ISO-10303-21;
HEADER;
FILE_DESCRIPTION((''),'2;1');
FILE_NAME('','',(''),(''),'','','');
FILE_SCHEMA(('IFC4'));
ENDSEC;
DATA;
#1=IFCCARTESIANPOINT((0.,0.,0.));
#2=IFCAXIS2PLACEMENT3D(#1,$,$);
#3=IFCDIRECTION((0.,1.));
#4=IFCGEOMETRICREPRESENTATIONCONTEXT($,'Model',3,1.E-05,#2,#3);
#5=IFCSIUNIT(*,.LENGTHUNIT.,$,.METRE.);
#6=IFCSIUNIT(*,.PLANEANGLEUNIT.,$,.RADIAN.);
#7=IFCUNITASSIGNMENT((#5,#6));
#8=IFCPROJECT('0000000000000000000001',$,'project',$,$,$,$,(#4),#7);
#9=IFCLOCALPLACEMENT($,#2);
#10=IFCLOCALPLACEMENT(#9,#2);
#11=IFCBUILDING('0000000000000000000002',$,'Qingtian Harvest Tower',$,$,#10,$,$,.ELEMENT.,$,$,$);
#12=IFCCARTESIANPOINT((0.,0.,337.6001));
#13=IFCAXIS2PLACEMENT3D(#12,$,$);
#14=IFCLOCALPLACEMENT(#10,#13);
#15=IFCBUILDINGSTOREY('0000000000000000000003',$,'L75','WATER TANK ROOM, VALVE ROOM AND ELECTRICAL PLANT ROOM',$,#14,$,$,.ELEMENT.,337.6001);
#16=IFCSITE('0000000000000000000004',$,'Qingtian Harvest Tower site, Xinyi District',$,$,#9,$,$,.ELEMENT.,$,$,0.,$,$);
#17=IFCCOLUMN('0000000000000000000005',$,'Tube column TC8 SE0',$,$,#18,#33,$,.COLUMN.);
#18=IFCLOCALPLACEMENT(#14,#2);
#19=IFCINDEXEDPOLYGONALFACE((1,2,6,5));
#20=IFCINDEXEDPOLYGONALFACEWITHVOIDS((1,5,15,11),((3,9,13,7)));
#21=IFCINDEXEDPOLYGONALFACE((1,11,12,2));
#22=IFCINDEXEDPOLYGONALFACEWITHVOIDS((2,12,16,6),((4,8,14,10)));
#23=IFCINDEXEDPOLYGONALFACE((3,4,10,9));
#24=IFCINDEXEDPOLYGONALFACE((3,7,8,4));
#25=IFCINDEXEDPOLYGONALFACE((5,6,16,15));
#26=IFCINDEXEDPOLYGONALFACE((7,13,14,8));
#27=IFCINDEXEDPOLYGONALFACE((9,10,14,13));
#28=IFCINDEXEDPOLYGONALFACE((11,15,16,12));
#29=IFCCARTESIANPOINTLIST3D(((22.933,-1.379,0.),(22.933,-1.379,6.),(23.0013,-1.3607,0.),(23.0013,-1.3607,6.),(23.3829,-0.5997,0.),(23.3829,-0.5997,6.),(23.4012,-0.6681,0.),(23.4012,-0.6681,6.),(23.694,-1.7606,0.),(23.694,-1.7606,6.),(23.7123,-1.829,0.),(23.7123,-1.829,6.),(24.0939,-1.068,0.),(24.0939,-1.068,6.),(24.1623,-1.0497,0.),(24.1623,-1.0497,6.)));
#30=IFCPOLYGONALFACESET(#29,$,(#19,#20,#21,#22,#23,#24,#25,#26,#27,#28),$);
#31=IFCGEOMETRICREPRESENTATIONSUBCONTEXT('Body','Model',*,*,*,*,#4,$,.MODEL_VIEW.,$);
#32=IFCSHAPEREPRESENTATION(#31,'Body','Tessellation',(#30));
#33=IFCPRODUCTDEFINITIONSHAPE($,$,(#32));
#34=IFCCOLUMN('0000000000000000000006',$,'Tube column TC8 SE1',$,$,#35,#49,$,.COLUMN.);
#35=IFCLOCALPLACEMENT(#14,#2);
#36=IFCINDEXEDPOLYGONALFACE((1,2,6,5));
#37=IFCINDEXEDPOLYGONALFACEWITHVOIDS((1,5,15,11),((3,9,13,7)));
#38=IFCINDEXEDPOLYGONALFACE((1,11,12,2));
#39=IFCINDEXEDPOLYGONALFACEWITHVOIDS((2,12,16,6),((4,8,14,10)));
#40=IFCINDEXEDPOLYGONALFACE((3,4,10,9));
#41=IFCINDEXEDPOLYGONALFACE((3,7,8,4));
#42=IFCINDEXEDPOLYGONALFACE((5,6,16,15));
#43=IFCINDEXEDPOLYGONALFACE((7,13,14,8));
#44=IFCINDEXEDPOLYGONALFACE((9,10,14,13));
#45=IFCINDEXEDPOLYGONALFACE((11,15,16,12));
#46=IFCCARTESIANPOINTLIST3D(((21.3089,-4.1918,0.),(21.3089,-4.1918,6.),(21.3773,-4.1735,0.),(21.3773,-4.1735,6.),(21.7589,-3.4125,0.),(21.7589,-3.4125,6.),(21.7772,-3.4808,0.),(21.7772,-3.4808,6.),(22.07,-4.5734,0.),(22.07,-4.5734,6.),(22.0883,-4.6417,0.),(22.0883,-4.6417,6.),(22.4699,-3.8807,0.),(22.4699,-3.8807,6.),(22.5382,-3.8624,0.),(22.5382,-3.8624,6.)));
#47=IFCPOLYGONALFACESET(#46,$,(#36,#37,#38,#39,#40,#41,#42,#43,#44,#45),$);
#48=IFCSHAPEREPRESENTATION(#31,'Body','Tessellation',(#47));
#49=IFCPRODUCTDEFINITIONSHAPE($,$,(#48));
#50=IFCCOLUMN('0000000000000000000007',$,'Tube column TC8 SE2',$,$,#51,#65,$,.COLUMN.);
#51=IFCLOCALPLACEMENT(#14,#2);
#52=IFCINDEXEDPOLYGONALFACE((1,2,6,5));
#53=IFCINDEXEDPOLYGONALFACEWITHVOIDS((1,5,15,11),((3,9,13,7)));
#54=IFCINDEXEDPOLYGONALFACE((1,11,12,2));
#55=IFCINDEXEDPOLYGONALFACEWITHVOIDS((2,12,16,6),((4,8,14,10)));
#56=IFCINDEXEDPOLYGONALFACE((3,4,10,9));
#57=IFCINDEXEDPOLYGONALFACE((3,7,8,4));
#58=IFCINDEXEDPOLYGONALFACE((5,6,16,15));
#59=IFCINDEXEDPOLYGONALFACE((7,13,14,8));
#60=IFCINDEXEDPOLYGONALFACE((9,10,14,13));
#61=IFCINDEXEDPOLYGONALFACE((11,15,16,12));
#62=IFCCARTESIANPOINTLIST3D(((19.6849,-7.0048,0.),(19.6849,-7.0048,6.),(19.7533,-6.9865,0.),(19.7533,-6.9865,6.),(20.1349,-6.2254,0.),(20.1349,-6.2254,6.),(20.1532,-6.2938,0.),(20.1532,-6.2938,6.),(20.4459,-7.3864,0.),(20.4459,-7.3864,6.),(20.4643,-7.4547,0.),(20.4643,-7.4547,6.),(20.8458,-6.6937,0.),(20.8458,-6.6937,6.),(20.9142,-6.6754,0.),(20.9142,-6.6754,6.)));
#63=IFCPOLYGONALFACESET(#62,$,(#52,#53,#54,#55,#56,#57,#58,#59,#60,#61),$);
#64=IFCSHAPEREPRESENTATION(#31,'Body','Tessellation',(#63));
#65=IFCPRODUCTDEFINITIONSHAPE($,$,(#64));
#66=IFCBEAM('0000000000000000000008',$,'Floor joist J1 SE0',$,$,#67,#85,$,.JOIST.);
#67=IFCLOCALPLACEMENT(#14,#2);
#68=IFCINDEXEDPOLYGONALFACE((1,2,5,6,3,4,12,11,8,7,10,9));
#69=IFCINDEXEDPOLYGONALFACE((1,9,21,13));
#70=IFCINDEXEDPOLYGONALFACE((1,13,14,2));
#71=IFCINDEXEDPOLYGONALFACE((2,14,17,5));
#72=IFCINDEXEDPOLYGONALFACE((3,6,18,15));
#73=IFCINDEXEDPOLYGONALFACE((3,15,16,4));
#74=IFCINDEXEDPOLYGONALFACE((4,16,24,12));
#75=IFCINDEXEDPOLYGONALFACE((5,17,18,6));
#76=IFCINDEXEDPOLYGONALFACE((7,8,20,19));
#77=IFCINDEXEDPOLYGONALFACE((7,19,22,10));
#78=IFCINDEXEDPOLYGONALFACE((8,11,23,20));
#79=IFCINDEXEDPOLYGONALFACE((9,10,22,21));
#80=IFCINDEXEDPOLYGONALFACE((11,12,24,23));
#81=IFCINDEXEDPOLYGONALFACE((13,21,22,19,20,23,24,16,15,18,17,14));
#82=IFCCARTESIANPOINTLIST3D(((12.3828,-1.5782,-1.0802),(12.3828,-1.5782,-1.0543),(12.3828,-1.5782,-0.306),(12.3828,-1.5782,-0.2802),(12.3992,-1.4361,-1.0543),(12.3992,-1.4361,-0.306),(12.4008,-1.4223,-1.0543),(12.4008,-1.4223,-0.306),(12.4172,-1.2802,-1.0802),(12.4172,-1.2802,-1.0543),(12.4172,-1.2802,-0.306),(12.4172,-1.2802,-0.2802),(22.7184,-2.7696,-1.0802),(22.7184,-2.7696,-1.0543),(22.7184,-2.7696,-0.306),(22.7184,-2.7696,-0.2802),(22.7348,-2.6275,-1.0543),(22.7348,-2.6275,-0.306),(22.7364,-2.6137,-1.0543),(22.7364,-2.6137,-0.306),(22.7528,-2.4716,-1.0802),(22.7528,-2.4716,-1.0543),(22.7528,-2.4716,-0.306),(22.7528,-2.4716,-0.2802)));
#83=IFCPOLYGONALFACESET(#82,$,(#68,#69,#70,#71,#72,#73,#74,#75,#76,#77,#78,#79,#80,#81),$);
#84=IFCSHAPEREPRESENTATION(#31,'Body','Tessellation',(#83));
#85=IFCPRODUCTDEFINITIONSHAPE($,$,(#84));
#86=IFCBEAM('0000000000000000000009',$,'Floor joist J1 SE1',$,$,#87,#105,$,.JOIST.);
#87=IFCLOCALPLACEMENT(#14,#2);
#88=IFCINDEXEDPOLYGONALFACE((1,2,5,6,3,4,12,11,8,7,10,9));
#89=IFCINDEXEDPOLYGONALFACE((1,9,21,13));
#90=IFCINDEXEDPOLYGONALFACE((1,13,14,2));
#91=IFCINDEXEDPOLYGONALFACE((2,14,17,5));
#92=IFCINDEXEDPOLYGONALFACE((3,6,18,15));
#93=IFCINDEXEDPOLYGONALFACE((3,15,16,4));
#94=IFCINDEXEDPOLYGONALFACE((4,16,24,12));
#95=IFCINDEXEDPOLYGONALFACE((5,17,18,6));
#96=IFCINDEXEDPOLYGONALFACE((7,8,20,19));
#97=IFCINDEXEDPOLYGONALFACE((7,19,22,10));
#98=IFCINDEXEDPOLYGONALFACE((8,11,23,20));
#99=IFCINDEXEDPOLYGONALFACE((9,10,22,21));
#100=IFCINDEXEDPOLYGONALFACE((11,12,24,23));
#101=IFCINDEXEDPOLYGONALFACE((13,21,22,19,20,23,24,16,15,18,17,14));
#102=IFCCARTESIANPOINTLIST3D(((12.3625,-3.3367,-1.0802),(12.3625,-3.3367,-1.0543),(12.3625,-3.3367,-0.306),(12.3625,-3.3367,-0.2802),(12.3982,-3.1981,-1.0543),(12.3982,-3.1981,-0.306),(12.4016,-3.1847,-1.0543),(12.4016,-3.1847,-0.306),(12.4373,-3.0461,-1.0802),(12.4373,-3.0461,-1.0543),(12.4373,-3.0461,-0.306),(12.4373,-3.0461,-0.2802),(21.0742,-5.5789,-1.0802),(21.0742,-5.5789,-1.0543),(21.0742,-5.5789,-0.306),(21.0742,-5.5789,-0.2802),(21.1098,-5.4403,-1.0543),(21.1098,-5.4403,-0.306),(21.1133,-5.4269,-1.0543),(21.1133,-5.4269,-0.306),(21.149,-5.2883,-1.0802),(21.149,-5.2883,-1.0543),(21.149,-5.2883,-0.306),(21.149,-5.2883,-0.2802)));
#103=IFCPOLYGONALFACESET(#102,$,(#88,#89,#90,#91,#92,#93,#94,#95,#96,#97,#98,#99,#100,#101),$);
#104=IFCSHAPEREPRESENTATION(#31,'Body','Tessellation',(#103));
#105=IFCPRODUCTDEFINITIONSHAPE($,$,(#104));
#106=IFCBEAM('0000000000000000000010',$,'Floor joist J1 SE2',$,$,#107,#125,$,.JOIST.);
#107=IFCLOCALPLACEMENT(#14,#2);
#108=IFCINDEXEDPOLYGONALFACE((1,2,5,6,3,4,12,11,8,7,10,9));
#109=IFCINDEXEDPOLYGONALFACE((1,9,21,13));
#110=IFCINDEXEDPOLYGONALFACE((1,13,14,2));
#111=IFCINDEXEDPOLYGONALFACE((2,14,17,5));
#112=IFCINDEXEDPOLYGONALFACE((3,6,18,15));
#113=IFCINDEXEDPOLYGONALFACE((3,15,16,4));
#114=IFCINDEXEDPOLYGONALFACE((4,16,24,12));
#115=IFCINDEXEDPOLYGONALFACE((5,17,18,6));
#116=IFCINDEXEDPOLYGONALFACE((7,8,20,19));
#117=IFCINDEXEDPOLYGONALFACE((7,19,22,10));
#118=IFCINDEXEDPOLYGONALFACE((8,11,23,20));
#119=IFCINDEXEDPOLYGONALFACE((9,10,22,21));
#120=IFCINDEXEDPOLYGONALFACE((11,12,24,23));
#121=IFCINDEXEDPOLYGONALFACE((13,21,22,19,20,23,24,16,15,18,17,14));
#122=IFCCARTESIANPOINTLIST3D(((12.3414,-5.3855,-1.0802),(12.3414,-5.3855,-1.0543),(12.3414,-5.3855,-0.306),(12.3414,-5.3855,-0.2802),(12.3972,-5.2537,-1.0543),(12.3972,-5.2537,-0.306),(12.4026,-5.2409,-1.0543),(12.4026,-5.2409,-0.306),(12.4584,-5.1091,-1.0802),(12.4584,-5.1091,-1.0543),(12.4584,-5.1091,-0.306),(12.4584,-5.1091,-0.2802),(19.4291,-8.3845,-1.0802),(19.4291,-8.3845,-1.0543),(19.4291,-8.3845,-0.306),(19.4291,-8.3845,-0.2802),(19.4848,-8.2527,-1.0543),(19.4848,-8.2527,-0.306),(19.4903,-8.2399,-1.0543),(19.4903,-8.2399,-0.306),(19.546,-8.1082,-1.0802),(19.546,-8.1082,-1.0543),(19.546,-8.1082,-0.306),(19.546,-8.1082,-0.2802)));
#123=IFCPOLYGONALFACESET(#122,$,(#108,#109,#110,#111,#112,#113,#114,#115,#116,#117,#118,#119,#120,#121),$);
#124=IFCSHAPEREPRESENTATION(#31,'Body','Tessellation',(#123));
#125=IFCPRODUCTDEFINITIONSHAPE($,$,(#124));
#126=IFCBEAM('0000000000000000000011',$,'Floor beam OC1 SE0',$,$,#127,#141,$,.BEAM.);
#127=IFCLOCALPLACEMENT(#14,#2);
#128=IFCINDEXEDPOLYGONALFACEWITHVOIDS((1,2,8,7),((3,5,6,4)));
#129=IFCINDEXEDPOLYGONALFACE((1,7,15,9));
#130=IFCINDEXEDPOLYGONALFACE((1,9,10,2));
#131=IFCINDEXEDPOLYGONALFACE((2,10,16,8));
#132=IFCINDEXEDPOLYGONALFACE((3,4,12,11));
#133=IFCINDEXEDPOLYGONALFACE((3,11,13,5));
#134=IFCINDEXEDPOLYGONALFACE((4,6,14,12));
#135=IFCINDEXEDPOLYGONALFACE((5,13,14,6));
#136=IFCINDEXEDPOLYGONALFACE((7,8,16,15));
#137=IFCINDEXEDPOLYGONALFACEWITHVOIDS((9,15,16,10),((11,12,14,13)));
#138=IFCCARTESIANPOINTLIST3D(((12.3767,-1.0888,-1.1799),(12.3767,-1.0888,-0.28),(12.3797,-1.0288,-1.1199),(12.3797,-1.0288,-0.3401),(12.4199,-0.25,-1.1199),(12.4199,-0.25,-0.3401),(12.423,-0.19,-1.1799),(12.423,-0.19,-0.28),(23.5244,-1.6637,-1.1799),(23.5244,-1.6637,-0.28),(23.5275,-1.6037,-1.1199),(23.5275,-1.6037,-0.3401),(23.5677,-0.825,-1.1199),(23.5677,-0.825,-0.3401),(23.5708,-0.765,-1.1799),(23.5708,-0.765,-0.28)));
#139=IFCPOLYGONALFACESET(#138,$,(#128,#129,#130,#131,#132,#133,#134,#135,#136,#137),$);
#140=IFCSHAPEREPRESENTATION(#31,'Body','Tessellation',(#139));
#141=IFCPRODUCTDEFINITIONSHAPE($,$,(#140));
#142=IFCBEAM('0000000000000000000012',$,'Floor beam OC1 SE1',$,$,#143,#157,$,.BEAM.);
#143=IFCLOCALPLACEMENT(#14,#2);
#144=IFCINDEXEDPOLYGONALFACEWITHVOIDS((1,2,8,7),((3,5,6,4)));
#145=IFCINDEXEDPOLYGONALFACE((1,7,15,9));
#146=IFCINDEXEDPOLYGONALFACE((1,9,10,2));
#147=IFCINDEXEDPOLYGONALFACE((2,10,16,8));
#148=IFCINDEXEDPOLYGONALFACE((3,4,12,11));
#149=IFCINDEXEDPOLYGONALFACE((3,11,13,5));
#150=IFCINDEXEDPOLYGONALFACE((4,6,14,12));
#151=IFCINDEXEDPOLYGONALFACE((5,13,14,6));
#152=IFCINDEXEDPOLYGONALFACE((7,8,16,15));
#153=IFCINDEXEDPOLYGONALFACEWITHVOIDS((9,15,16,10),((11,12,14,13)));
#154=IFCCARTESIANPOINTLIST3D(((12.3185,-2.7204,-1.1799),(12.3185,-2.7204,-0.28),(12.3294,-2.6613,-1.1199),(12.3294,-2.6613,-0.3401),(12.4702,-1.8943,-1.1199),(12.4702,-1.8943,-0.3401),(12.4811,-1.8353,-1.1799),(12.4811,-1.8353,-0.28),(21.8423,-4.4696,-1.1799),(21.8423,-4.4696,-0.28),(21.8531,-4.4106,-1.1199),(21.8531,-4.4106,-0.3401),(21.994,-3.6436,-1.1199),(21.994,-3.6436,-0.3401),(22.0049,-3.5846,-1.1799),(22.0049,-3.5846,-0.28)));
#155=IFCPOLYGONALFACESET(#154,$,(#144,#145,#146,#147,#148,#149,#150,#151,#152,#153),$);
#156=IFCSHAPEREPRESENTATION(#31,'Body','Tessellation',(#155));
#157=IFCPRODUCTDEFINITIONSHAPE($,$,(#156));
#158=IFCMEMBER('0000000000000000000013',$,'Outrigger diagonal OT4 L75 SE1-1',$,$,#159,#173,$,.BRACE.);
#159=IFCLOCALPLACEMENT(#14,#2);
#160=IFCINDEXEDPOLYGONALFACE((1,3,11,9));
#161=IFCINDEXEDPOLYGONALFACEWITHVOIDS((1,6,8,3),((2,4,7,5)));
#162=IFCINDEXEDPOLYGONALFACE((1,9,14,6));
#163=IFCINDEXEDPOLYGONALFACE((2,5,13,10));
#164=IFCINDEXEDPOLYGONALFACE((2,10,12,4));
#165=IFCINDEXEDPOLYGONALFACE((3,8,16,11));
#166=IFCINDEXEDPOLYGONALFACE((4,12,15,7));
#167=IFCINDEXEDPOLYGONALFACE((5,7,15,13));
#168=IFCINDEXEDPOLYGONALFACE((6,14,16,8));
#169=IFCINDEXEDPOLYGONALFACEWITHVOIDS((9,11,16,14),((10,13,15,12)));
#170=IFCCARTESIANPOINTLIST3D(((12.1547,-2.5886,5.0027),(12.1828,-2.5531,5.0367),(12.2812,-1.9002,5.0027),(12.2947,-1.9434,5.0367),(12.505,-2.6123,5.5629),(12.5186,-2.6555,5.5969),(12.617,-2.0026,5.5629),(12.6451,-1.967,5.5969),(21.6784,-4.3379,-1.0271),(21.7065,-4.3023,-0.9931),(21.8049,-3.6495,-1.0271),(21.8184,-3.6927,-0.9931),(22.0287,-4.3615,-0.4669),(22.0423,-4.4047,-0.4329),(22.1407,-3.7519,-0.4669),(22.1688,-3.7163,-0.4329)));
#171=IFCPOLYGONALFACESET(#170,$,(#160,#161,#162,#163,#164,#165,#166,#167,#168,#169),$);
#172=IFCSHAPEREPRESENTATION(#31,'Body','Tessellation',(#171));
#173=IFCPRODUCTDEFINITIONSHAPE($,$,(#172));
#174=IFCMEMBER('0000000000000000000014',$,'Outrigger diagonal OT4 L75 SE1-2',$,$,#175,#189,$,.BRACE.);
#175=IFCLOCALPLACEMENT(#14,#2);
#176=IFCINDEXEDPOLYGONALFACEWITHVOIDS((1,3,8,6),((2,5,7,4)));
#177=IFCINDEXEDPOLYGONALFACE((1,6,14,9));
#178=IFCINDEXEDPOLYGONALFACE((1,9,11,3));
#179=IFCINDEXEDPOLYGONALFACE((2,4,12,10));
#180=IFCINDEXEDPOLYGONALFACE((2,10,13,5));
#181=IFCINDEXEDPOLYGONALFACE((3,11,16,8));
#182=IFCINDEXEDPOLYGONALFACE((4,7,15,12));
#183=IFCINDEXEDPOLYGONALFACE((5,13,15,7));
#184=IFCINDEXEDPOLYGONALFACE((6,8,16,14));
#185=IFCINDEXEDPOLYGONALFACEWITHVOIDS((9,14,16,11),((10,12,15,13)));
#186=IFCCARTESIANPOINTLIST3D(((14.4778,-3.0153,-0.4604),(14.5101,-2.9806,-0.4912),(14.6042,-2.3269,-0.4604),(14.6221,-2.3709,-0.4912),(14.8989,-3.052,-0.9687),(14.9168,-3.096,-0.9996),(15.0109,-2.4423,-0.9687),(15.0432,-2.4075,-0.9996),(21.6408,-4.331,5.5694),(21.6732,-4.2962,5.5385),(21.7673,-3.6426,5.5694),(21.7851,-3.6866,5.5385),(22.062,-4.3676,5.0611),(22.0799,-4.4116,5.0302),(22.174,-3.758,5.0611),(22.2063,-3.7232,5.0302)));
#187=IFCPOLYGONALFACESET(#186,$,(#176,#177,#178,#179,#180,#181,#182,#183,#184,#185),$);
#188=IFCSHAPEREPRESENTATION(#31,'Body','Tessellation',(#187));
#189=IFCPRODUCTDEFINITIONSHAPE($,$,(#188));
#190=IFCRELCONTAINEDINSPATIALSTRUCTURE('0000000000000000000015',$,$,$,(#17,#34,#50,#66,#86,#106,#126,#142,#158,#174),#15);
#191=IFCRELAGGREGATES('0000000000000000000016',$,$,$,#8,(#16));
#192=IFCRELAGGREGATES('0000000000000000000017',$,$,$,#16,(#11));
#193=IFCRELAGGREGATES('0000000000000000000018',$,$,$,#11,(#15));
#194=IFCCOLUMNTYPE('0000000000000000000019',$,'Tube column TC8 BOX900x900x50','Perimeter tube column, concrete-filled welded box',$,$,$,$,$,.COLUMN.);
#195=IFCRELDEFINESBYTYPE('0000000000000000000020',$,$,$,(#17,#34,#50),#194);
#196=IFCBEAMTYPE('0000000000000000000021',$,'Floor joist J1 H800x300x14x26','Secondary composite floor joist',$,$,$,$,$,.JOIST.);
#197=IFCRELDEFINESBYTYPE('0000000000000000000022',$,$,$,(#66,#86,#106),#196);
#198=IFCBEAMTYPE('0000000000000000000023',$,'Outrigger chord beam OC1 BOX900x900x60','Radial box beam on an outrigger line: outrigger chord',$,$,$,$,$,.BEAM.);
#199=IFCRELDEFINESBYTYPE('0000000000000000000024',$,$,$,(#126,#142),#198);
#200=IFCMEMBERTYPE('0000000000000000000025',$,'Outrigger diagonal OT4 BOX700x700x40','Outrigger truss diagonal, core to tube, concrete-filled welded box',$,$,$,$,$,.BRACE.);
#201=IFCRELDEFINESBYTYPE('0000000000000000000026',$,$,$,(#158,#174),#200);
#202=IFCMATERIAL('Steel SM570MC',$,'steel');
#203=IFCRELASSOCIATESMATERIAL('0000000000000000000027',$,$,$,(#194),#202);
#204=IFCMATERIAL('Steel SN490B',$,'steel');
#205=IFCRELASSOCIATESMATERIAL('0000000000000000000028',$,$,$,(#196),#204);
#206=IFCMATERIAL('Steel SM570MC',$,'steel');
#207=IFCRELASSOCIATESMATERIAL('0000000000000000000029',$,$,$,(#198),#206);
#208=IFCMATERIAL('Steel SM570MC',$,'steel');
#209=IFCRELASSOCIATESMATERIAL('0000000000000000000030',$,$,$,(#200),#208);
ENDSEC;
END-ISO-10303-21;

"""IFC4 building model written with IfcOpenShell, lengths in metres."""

from ifc_helpers import new_model, si_unit, direction, frame, origin, origin_2d, place, context, subcontext, project, spatial, hollow_rectangle, i_section, extrude, material, material_profile, profile_set, type_object, element, save


model = new_model("IFC4")

# Units and contexts
model_context = context("Model", 3, precision=1e-05, world=origin(), true_north=direction((0.0, 1.0)))
body_context = subcontext(model_context, "Body", "Model", "MODEL_VIEW")
ifc_project = project(units=[si_unit("LENGTHUNIT", "METRE"), si_unit("PLANEANGLEUNIT", "RADIAN")], contexts=[model_context])

# Site, building, storey
site_placement = place(None, origin())
site = spatial("IfcSite", under=ifc_project, at=site_placement, Name="Qingtian Harvest Tower site, Xinyi District", CompositionType="ELEMENT", RefElevation=0.0)
building_placement = place(site_placement, origin())
building = spatial("IfcBuilding", under=site, at=building_placement, Name="Qingtian Harvest Tower", CompositionType="ELEMENT")
storey_placement = place(building_placement, frame((0.0, 0.0, 337.6001)))
storey = spatial("IfcBuildingStorey", under=building, at=storey_placement, Name="L75", Description="WATER TANK ROOM, VALVE ROOM AND ELECTRICAL PLANT ROOM", CompositionType="ELEMENT", Elevation=337.6001)

# Columns
ifc_material_1 = material(Name="Steel SM570MC", Category="steel")
ifc_material_profile_1 = material_profile(ifc_material_1, hollow_rectangle(XDim=0.8999, YDim=0.8999, WallThickness=0.05, at=origin_2d()), Name="BOX900x900x50")
ifc_profile_set_1 = profile_set([ifc_material_profile_1], Name="Steel SM570MC")
column_type = type_object("IfcColumnType", Name="Tube column TC8 BOX900x900x50", Description="Perimeter tube column, concrete-filled welded box", PredefinedType="COLUMN", material=ifc_profile_set_1)
for number, where, z_axis, x_axis, name in (
    (1, (23.5476, -1.2144, 0.0), (0.0, 0.0, 1.0), (0.5, 0.866025, 0.0), "Tube column TC8 SE0"),
    (2, (21.9236, -4.0271, 0.0), (0.0, 0.0, 1.0), (0.5, 0.866025, 0.0), "Tube column TC8 SE1"),
    (3, (20.2996, -6.8401, 0.0), (0.0, 0.0, 1.0), (0.5, 0.866025, 0.0), "Tube column TC8 SE2"),
):
    element("IfcColumn", number, at=place(storey_placement, frame(where, z_axis=z_axis, x_axis=x_axis)), inside=storey, type_object=column_type, Name=name, PredefinedType="COLUMN", context=body_context, shape_type="SweptSolid", body=[
        extrude(hollow_rectangle(XDim=0.8999, YDim=0.8999, WallThickness=0.05, at=origin_2d()), origin(), (0.0, 0.0, 1.0), 6.0),
    ])

# Beams
ifc_material_2 = material(Name="Steel SN490B", Category="steel")
ifc_material_profile_2 = material_profile(ifc_material_2, i_section(OverallWidth=0.3, OverallDepth=0.8, WebThickness=0.0139, FlangeThickness=0.0259, at=origin_2d()), Name="H800x300x14x26")
ifc_profile_set_2 = profile_set([ifc_material_profile_2], Name="Steel SN490B")
beam_type_1 = type_object("IfcBeamType", Name="Floor joist J1 H800x300x14x26", Description="Secondary composite floor joist", PredefinedType="JOIST", material=ifc_profile_set_2)
beam_1_placement = place(storey_placement, frame((22.7356, -2.6206, -0.6802), z_axis=(-0.993422, 0.114513, 0.0), x_axis=(-0.114513, -0.993422, 0.0)))
element("IfcBeam", 4, at=beam_1_placement, inside=storey, type_object=beam_type_1, Name="Floor joist J1 SE0", PredefinedType="JOIST", context=body_context, shape_type="SweptSolid", body=[
    extrude(i_section(OverallWidth=0.3, OverallDepth=0.8, WebThickness=0.0139, FlangeThickness=0.0259, at=origin_2d()), origin(), (0.0, 0.0, 1.0), 10.4041),
])
beam_2_placement = place(storey_placement, frame((21.1116, -5.4336, -0.6802), z_axis=(-0.968438, 0.249254, 0.0), x_axis=(-0.249254, -0.968438, 0.0)))
element("IfcBeam", 5, at=beam_2_placement, inside=storey, type_object=beam_type_1, Name="Floor joist J1 SE1", PredefinedType="JOIST", context=body_context, shape_type="SweptSolid", body=[
    extrude(i_section(OverallWidth=0.3, OverallDepth=0.8, WebThickness=0.0139, FlangeThickness=0.0259, at=origin_2d()), origin(), (0.0, 0.0, 1.0), 8.9956),
])
beam_3_placement = place(storey_placement, frame((19.4875, -8.2463, -0.6802), z_axis=(-0.920948, 0.389684, 0.0), x_axis=(-0.389684, -0.920948, 0.0)))
element("IfcBeam", 6, at=beam_3_placement, inside=storey, type_object=beam_type_1, Name="Floor joist J1 SE2", PredefinedType="JOIST", context=body_context, shape_type="SweptSolid", body=[
    extrude(i_section(OverallWidth=0.3, OverallDepth=0.8, WebThickness=0.0139, FlangeThickness=0.0259, at=origin_2d()), origin(), (0.0, 0.0, 1.0), 7.696),
])
ifc_material_3 = material(Name="Steel SM570MC", Category="steel")
ifc_material_profile_3 = material_profile(ifc_material_3, hollow_rectangle(XDim=0.8999, YDim=0.8999, WallThickness=0.0601, at=origin_2d()), Name="BOX900x900x60")
ifc_profile_set_3 = profile_set([ifc_material_profile_3], Name="Steel SM570MC")
beam_type_2 = type_object("IfcBeamType", Name="Outrigger chord beam OC1 BOX900x900x60", Description="Radial box beam on an outrigger line: outrigger chord", PredefinedType="BEAM", material=ifc_profile_set_3)
beam_4_placement = place(storey_placement, frame((23.5476, -1.2144, -0.73), z_axis=(-0.998673, 0.051507, 0.0), x_axis=(-0.051507, -0.998673, 0.0)))
element("IfcBeam", 7, at=beam_4_placement, inside=storey, type_object=beam_type_2, Name="Floor beam OC1 SE0", PredefinedType="BEAM", context=body_context, shape_type="SweptSolid", body=[
    extrude(hollow_rectangle(XDim=0.8999, YDim=0.8999, WallThickness=0.0601, at=origin_2d()), origin(), (0.0, 0.0, 1.0), 11.1626),
])
beam_5_placement = place(storey_placement, frame((21.9236, -4.0271, -0.73), z_axis=(-0.983547, 0.180654, 0.0), x_axis=(-0.180654, -0.983547, 0.0)))
element("IfcBeam", 8, at=beam_5_placement, inside=storey, type_object=beam_type_2, Name="Floor beam OC1 SE1", PredefinedType="BEAM", context=body_context, shape_type="SweptSolid", body=[
    extrude(hollow_rectangle(XDim=0.8999, YDim=0.8999, WallThickness=0.0601, at=origin_2d()), origin(), (0.0, 0.0, 1.0), 9.6831),
])

# Members
ifc_material_4 = material(Name="Steel SM570MC", Category="steel")
ifc_material_profile_4 = material_profile(ifc_material_4, hollow_rectangle(XDim=0.7, YDim=0.7, WallThickness=0.04, at=origin_2d()), Name="BOX700x700x40")
ifc_profile_set_4 = profile_set([ifc_material_profile_4], Name="Steel SM570MC")
member_type = type_object("IfcMemberType", Name="Outrigger diagonal OT4 BOX700x700x40", Description="Outrigger truss diagonal, core to tube, concrete-filled welded box", PredefinedType="BRACE", material=ifc_profile_set_4)
member_1_placement = place(storey_placement, frame((21.9236, -4.0271, -0.73), z_axis=(-0.834901, 0.153351, 0.528606), x_axis=(-0.180654, -0.983547, 0.0)))
element("IfcMember", 9, at=member_1_placement, inside=storey, type_object=member_type, Name="Outrigger diagonal OT4 L75 SE1-1", PredefinedType="BRACE", context=body_context, shape_type="SweptSolid", body=[
    extrude(hollow_rectangle(XDim=0.7, YDim=0.7, WallThickness=0.04, at=origin_2d()), origin(), (0.0, 0.0, 1.0), 11.407),
])
member_2_placement = place(storey_placement, frame((14.7605, -2.7114, -0.73), z_axis=(0.757589, -0.139149, 0.637728), x_axis=(0.180652, 0.983547, 0.0)))
element("IfcMember", 10, at=member_2_placement, inside=storey, type_object=member_type, Name="Outrigger diagonal OT4 L75 SE1-2", PredefinedType="BRACE", context=body_context, shape_type="SweptSolid", body=[
    extrude(hollow_rectangle(XDim=0.7, YDim=0.7, WallThickness=0.04, at=origin_2d()), origin(), (0.0, 0.0, 1.0), 9.4551),
])

save(model, "model.ifc")
